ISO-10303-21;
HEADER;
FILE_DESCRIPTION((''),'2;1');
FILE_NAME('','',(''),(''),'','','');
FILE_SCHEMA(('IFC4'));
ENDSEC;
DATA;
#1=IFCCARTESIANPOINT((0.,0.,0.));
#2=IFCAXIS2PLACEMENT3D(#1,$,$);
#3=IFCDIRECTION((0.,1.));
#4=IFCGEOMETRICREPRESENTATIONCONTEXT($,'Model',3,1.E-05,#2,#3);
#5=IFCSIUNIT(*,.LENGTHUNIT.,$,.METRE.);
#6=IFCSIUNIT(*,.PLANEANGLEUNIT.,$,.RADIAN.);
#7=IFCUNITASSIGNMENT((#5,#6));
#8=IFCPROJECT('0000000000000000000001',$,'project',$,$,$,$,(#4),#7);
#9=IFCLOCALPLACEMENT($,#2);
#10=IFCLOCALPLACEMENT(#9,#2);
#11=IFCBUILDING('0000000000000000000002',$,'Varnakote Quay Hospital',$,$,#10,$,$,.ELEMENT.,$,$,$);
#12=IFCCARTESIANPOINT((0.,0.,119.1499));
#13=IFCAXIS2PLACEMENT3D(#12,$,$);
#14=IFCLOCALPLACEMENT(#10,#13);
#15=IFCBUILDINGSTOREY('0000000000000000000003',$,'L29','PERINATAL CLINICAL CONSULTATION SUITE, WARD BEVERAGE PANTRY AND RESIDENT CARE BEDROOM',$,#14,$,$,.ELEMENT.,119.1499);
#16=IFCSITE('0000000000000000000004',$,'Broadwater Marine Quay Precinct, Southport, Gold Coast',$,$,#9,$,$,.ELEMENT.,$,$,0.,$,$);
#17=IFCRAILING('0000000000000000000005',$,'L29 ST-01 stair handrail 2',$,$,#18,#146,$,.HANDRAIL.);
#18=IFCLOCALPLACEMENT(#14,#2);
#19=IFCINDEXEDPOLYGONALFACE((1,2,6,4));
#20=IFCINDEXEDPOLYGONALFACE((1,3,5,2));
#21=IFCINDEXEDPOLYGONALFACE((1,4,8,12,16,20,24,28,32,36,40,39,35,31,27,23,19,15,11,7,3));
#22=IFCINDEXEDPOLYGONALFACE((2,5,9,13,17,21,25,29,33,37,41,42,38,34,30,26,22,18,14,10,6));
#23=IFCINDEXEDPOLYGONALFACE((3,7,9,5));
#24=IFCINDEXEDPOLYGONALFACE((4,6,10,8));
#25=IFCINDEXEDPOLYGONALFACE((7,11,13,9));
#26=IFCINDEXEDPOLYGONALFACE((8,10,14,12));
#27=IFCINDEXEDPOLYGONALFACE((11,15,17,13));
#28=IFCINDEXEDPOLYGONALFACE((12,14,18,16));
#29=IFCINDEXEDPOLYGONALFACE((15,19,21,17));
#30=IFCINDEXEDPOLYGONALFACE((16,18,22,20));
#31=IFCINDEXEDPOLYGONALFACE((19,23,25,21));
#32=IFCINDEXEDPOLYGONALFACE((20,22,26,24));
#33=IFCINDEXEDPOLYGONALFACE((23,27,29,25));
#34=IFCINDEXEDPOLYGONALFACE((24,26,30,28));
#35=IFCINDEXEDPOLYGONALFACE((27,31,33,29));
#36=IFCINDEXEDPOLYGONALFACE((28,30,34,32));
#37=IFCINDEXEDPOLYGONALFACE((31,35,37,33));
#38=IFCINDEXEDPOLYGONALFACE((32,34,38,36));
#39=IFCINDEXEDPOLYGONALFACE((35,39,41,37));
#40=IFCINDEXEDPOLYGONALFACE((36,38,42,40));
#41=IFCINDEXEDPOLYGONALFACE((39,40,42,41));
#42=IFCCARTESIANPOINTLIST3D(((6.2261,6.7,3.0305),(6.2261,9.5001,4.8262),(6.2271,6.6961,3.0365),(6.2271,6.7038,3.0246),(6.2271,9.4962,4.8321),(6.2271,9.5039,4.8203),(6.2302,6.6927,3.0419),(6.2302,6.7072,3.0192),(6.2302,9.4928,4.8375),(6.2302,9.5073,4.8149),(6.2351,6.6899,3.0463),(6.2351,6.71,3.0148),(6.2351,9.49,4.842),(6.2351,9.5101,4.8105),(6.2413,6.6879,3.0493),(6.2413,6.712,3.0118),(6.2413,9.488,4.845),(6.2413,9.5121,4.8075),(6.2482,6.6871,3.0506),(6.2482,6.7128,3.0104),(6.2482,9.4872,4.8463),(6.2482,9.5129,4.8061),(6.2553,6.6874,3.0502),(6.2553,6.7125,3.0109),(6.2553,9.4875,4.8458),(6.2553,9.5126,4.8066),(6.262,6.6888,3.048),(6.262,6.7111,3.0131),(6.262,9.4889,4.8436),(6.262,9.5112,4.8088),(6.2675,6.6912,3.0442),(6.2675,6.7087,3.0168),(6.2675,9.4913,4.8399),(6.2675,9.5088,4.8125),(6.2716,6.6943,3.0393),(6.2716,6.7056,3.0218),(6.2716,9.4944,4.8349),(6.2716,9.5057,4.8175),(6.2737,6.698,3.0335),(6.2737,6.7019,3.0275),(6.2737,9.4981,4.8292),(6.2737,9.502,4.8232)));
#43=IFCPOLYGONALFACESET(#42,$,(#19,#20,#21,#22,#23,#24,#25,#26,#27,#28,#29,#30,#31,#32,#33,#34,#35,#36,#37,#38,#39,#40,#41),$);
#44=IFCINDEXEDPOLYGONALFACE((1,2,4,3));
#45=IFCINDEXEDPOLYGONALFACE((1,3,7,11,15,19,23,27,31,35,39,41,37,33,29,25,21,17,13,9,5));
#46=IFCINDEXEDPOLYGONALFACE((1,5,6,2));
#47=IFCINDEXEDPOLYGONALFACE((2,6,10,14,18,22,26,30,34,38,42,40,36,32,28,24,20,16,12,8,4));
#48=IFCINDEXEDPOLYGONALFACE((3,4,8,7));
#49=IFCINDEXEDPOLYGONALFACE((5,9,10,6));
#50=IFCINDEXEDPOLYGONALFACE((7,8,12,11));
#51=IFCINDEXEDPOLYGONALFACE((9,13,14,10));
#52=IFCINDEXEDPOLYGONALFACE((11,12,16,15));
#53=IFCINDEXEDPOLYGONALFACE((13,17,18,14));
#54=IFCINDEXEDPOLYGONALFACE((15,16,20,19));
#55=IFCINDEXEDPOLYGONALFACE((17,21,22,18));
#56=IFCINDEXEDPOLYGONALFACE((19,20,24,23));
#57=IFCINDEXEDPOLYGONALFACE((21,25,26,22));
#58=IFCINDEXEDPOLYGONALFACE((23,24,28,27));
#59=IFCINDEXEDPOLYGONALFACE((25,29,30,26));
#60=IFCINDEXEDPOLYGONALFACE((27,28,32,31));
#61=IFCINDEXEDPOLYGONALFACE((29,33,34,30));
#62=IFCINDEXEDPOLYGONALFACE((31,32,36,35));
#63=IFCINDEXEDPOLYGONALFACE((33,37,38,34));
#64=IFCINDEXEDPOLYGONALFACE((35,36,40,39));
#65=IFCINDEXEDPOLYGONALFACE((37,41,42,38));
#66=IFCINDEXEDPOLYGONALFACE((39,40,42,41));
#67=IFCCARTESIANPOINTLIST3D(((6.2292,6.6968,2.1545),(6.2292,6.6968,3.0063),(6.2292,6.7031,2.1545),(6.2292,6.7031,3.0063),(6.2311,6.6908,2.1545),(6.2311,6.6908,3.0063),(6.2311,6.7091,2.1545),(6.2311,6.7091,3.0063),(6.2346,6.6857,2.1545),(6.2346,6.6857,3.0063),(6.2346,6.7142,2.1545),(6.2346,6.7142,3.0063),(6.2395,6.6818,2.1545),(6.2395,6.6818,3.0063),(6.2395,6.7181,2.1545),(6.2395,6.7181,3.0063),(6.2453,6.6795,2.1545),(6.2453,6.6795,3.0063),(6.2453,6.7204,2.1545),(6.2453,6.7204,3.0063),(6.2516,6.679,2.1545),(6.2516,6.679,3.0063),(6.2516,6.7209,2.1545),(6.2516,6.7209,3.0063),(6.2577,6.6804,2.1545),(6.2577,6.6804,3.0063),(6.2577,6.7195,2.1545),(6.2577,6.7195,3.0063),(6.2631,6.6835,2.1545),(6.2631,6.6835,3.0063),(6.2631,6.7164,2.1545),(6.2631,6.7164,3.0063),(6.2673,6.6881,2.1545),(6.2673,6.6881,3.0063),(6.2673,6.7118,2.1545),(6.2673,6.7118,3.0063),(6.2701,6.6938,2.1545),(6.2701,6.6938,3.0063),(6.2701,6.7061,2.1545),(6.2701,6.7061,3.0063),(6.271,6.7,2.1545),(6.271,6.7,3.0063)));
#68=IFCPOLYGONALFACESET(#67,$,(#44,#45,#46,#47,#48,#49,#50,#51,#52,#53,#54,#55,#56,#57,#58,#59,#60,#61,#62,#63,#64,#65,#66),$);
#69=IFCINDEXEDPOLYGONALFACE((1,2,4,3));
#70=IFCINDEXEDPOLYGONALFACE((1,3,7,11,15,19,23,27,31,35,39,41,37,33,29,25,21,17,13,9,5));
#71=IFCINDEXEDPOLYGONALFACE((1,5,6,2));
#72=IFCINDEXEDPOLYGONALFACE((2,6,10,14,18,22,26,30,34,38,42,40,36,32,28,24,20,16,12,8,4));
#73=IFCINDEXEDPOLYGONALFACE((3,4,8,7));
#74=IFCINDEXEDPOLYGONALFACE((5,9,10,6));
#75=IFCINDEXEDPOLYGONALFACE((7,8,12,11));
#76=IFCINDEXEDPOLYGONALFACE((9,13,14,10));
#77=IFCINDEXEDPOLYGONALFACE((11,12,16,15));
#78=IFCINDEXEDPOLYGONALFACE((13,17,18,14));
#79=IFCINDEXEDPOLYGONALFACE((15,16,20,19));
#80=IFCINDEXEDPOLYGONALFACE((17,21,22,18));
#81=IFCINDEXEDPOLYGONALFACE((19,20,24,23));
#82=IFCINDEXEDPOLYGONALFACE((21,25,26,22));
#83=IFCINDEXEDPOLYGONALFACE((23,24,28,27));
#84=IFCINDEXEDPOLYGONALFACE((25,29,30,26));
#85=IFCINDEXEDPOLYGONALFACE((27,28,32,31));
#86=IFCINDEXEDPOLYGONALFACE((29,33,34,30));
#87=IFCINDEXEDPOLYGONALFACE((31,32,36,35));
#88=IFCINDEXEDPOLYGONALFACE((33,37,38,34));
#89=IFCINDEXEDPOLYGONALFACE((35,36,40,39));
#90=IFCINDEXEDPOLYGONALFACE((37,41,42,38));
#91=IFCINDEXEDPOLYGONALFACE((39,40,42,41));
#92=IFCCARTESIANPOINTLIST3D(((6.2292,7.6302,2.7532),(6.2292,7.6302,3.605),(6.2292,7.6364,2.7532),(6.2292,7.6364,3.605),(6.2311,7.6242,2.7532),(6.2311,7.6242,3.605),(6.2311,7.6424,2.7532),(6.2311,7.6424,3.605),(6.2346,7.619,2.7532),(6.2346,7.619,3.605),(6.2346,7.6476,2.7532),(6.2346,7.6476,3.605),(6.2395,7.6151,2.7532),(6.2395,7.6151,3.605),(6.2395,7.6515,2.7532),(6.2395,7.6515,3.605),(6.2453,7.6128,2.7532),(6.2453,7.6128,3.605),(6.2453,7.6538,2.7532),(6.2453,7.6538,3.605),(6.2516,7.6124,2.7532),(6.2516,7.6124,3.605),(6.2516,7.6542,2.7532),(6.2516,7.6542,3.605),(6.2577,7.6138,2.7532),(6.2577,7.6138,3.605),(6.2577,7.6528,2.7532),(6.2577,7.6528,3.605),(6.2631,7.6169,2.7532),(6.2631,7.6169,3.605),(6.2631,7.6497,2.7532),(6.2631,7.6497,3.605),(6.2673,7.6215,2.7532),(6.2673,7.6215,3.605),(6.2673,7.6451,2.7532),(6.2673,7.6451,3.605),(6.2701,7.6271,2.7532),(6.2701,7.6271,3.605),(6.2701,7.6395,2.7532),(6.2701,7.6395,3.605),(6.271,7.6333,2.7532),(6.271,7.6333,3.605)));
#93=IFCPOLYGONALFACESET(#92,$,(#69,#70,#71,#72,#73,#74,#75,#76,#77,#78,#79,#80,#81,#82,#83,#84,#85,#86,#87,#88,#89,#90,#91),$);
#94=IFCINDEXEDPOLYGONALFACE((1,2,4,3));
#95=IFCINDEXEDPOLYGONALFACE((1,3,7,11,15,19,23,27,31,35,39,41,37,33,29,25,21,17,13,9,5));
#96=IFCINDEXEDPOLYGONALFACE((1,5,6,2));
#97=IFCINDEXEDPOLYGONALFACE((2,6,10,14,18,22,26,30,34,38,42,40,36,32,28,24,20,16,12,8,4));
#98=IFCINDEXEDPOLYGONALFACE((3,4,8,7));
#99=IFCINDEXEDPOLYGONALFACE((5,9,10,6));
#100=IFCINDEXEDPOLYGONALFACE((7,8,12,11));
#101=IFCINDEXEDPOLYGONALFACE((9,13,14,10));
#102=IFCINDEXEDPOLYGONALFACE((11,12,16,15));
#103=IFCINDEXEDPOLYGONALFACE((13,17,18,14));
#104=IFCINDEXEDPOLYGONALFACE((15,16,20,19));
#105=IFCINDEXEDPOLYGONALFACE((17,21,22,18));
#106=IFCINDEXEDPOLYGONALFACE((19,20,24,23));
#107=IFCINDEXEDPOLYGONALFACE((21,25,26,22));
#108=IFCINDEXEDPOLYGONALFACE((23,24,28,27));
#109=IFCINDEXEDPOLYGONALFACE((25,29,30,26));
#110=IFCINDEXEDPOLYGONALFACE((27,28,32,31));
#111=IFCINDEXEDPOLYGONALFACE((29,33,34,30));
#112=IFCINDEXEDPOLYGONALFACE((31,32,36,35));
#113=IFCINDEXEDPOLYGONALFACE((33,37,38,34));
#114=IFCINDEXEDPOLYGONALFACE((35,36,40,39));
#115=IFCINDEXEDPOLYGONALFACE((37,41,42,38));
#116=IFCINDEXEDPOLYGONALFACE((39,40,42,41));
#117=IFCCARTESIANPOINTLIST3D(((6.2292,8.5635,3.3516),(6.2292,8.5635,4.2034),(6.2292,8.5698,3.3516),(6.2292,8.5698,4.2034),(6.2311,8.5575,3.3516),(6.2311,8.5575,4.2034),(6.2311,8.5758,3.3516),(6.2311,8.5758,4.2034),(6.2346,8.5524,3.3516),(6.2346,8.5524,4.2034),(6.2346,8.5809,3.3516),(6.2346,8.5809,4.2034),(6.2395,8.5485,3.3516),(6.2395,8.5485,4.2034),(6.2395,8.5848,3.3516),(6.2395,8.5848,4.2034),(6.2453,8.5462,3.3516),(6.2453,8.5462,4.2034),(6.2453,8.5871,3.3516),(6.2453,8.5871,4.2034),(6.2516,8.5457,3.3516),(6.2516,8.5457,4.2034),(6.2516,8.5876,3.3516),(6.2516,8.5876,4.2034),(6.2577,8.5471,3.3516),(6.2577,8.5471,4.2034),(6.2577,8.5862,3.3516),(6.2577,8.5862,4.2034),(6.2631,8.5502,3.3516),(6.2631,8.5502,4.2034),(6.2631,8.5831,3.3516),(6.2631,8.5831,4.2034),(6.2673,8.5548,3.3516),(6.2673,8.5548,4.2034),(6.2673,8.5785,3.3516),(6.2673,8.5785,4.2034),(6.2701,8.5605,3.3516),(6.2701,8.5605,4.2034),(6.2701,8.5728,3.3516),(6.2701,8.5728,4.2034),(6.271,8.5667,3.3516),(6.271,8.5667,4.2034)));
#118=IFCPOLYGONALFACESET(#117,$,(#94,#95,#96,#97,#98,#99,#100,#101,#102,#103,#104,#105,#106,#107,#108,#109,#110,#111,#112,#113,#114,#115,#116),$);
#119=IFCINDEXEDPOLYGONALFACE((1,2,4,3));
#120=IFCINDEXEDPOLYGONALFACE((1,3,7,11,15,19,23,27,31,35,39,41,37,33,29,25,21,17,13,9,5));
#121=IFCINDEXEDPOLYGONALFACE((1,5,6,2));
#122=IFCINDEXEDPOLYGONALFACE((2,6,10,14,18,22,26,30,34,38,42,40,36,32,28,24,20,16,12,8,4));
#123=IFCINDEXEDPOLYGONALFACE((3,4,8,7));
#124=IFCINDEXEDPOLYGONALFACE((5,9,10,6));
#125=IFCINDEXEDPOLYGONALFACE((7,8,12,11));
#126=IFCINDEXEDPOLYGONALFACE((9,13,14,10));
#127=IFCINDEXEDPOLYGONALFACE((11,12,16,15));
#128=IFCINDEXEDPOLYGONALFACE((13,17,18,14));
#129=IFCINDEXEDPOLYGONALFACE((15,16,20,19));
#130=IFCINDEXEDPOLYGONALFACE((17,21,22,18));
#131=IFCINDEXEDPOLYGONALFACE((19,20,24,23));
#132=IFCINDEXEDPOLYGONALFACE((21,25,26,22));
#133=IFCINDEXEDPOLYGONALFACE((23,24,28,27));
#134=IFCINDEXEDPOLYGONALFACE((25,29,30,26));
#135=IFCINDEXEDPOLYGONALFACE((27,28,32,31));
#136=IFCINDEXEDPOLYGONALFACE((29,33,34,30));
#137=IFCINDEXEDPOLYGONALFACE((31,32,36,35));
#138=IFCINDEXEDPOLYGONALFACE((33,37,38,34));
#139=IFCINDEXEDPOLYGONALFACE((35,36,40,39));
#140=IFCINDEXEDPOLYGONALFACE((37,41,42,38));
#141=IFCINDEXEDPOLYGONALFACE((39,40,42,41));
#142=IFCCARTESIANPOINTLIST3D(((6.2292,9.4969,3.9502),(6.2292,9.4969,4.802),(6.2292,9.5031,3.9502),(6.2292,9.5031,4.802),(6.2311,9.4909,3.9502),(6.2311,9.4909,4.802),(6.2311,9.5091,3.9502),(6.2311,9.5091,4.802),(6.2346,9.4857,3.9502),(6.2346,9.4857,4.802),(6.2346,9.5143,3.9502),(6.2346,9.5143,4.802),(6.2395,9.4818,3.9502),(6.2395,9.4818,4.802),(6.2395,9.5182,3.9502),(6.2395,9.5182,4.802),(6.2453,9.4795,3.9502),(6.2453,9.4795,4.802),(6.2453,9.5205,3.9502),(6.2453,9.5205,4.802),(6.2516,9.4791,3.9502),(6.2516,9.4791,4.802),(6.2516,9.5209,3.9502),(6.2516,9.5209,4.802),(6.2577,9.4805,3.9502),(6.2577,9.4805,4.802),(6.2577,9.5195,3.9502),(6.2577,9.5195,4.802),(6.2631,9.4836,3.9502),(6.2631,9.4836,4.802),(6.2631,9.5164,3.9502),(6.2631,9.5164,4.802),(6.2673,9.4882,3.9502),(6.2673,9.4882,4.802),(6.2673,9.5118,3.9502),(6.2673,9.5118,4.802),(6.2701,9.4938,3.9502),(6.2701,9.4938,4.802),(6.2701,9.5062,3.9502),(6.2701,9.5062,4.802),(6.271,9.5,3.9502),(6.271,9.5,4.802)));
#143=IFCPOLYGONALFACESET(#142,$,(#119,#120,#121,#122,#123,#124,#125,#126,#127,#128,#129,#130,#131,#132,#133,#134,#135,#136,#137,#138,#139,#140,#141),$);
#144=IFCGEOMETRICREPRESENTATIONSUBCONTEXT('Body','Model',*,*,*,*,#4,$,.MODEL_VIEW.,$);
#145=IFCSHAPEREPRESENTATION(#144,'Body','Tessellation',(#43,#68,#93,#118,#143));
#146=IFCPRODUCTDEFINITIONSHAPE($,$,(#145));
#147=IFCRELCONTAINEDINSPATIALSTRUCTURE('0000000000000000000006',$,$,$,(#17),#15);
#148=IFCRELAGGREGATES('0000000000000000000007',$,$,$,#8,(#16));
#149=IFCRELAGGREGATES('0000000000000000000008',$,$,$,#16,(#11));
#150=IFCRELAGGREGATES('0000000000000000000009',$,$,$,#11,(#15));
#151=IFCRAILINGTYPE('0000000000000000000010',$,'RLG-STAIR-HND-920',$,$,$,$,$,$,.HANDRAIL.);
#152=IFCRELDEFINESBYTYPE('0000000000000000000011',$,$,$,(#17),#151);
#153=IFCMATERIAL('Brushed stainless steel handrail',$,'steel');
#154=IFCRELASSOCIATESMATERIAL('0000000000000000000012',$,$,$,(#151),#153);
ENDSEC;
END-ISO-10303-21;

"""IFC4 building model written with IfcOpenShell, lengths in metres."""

from ifc_helpers import new_model, si_unit, direction, frame, origin, origin_2d, place, context, subcontext, project, spatial, circle, extrude, material, type_object, element, save


model = new_model("IFC4")

# Units and contexts
model_context = context("Model", 3, precision=1e-05, world=origin(), true_north=direction((0.0, 1.0)))
body_context = subcontext(model_context, "Body", "Model", "MODEL_VIEW")
ifc_project = project(units=[si_unit("LENGTHUNIT", "METRE"), si_unit("PLANEANGLEUNIT", "RADIAN")], contexts=[model_context])

# Site, building, storey
site_placement = place(None, origin())
site = spatial("IfcSite", under=ifc_project, at=site_placement, Name="Broadwater Marine Quay Precinct, Southport, Gold Coast", CompositionType="ELEMENT", RefElevation=0.0)
building_placement = place(site_placement, origin())
building = spatial("IfcBuilding", under=site, at=building_placement, Name="Varnakote Quay Hospital", CompositionType="ELEMENT")
storey_placement = place(building_placement, frame((0.0, 0.0, 119.1499)))
storey = spatial("IfcBuildingStorey", under=building, at=storey_placement, Name="L29", Description="PERINATAL CLINICAL CONSULTATION SUITE, WARD BEVERAGE PANTRY AND RESIDENT CARE BEDROOM", CompositionType="ELEMENT", Elevation=119.1499)

# Railing
ifc_material_1 = material(Name="Brushed stainless steel handrail", Category="steel")
railing_type_1 = type_object("IfcRailingType", Name="RLG-STAIR-HND-920", PredefinedType="HANDRAIL", material=ifc_material_1)
railing_1_placement = place(storey_placement, frame((6.25, 6.7, 2.1545)))
element("IfcRailing", 1, at=railing_1_placement, inside=storey, type_object=railing_type_1, Name="L29 ST-01 stair handrail 2", PredefinedType="HANDRAIL", context=body_context, shape_type="SweptSolid", body=[
    extrude(circle(Radius=0.0239, at=origin_2d()), frame((0.0, 0.0, 0.876), z_axis=(0.0, 0.841777, 0.539826), x_axis=(-1.0, 0.0, 0.0)), (0.0, 0.0, 1.0), 3.3264),
    extrude(circle(Radius=0.021, at=origin_2d()), origin(), (0.0, 0.0, 1.0), 0.8518),
    extrude(circle(Radius=0.021, at=origin_2d()), frame((0.0, 0.9333, 0.5986)), (0.0, 0.0, 1.0), 0.8518),
    extrude(circle(Radius=0.021, at=origin_2d()), frame((0.0, 1.8667, 1.197)), (0.0, 0.0, 1.0), 0.8518),
    extrude(circle(Radius=0.021, at=origin_2d()), frame((0.0, 2.8, 1.7957)), (0.0, 0.0, 1.0), 0.8518),
])

save(model, "model.ifc")
